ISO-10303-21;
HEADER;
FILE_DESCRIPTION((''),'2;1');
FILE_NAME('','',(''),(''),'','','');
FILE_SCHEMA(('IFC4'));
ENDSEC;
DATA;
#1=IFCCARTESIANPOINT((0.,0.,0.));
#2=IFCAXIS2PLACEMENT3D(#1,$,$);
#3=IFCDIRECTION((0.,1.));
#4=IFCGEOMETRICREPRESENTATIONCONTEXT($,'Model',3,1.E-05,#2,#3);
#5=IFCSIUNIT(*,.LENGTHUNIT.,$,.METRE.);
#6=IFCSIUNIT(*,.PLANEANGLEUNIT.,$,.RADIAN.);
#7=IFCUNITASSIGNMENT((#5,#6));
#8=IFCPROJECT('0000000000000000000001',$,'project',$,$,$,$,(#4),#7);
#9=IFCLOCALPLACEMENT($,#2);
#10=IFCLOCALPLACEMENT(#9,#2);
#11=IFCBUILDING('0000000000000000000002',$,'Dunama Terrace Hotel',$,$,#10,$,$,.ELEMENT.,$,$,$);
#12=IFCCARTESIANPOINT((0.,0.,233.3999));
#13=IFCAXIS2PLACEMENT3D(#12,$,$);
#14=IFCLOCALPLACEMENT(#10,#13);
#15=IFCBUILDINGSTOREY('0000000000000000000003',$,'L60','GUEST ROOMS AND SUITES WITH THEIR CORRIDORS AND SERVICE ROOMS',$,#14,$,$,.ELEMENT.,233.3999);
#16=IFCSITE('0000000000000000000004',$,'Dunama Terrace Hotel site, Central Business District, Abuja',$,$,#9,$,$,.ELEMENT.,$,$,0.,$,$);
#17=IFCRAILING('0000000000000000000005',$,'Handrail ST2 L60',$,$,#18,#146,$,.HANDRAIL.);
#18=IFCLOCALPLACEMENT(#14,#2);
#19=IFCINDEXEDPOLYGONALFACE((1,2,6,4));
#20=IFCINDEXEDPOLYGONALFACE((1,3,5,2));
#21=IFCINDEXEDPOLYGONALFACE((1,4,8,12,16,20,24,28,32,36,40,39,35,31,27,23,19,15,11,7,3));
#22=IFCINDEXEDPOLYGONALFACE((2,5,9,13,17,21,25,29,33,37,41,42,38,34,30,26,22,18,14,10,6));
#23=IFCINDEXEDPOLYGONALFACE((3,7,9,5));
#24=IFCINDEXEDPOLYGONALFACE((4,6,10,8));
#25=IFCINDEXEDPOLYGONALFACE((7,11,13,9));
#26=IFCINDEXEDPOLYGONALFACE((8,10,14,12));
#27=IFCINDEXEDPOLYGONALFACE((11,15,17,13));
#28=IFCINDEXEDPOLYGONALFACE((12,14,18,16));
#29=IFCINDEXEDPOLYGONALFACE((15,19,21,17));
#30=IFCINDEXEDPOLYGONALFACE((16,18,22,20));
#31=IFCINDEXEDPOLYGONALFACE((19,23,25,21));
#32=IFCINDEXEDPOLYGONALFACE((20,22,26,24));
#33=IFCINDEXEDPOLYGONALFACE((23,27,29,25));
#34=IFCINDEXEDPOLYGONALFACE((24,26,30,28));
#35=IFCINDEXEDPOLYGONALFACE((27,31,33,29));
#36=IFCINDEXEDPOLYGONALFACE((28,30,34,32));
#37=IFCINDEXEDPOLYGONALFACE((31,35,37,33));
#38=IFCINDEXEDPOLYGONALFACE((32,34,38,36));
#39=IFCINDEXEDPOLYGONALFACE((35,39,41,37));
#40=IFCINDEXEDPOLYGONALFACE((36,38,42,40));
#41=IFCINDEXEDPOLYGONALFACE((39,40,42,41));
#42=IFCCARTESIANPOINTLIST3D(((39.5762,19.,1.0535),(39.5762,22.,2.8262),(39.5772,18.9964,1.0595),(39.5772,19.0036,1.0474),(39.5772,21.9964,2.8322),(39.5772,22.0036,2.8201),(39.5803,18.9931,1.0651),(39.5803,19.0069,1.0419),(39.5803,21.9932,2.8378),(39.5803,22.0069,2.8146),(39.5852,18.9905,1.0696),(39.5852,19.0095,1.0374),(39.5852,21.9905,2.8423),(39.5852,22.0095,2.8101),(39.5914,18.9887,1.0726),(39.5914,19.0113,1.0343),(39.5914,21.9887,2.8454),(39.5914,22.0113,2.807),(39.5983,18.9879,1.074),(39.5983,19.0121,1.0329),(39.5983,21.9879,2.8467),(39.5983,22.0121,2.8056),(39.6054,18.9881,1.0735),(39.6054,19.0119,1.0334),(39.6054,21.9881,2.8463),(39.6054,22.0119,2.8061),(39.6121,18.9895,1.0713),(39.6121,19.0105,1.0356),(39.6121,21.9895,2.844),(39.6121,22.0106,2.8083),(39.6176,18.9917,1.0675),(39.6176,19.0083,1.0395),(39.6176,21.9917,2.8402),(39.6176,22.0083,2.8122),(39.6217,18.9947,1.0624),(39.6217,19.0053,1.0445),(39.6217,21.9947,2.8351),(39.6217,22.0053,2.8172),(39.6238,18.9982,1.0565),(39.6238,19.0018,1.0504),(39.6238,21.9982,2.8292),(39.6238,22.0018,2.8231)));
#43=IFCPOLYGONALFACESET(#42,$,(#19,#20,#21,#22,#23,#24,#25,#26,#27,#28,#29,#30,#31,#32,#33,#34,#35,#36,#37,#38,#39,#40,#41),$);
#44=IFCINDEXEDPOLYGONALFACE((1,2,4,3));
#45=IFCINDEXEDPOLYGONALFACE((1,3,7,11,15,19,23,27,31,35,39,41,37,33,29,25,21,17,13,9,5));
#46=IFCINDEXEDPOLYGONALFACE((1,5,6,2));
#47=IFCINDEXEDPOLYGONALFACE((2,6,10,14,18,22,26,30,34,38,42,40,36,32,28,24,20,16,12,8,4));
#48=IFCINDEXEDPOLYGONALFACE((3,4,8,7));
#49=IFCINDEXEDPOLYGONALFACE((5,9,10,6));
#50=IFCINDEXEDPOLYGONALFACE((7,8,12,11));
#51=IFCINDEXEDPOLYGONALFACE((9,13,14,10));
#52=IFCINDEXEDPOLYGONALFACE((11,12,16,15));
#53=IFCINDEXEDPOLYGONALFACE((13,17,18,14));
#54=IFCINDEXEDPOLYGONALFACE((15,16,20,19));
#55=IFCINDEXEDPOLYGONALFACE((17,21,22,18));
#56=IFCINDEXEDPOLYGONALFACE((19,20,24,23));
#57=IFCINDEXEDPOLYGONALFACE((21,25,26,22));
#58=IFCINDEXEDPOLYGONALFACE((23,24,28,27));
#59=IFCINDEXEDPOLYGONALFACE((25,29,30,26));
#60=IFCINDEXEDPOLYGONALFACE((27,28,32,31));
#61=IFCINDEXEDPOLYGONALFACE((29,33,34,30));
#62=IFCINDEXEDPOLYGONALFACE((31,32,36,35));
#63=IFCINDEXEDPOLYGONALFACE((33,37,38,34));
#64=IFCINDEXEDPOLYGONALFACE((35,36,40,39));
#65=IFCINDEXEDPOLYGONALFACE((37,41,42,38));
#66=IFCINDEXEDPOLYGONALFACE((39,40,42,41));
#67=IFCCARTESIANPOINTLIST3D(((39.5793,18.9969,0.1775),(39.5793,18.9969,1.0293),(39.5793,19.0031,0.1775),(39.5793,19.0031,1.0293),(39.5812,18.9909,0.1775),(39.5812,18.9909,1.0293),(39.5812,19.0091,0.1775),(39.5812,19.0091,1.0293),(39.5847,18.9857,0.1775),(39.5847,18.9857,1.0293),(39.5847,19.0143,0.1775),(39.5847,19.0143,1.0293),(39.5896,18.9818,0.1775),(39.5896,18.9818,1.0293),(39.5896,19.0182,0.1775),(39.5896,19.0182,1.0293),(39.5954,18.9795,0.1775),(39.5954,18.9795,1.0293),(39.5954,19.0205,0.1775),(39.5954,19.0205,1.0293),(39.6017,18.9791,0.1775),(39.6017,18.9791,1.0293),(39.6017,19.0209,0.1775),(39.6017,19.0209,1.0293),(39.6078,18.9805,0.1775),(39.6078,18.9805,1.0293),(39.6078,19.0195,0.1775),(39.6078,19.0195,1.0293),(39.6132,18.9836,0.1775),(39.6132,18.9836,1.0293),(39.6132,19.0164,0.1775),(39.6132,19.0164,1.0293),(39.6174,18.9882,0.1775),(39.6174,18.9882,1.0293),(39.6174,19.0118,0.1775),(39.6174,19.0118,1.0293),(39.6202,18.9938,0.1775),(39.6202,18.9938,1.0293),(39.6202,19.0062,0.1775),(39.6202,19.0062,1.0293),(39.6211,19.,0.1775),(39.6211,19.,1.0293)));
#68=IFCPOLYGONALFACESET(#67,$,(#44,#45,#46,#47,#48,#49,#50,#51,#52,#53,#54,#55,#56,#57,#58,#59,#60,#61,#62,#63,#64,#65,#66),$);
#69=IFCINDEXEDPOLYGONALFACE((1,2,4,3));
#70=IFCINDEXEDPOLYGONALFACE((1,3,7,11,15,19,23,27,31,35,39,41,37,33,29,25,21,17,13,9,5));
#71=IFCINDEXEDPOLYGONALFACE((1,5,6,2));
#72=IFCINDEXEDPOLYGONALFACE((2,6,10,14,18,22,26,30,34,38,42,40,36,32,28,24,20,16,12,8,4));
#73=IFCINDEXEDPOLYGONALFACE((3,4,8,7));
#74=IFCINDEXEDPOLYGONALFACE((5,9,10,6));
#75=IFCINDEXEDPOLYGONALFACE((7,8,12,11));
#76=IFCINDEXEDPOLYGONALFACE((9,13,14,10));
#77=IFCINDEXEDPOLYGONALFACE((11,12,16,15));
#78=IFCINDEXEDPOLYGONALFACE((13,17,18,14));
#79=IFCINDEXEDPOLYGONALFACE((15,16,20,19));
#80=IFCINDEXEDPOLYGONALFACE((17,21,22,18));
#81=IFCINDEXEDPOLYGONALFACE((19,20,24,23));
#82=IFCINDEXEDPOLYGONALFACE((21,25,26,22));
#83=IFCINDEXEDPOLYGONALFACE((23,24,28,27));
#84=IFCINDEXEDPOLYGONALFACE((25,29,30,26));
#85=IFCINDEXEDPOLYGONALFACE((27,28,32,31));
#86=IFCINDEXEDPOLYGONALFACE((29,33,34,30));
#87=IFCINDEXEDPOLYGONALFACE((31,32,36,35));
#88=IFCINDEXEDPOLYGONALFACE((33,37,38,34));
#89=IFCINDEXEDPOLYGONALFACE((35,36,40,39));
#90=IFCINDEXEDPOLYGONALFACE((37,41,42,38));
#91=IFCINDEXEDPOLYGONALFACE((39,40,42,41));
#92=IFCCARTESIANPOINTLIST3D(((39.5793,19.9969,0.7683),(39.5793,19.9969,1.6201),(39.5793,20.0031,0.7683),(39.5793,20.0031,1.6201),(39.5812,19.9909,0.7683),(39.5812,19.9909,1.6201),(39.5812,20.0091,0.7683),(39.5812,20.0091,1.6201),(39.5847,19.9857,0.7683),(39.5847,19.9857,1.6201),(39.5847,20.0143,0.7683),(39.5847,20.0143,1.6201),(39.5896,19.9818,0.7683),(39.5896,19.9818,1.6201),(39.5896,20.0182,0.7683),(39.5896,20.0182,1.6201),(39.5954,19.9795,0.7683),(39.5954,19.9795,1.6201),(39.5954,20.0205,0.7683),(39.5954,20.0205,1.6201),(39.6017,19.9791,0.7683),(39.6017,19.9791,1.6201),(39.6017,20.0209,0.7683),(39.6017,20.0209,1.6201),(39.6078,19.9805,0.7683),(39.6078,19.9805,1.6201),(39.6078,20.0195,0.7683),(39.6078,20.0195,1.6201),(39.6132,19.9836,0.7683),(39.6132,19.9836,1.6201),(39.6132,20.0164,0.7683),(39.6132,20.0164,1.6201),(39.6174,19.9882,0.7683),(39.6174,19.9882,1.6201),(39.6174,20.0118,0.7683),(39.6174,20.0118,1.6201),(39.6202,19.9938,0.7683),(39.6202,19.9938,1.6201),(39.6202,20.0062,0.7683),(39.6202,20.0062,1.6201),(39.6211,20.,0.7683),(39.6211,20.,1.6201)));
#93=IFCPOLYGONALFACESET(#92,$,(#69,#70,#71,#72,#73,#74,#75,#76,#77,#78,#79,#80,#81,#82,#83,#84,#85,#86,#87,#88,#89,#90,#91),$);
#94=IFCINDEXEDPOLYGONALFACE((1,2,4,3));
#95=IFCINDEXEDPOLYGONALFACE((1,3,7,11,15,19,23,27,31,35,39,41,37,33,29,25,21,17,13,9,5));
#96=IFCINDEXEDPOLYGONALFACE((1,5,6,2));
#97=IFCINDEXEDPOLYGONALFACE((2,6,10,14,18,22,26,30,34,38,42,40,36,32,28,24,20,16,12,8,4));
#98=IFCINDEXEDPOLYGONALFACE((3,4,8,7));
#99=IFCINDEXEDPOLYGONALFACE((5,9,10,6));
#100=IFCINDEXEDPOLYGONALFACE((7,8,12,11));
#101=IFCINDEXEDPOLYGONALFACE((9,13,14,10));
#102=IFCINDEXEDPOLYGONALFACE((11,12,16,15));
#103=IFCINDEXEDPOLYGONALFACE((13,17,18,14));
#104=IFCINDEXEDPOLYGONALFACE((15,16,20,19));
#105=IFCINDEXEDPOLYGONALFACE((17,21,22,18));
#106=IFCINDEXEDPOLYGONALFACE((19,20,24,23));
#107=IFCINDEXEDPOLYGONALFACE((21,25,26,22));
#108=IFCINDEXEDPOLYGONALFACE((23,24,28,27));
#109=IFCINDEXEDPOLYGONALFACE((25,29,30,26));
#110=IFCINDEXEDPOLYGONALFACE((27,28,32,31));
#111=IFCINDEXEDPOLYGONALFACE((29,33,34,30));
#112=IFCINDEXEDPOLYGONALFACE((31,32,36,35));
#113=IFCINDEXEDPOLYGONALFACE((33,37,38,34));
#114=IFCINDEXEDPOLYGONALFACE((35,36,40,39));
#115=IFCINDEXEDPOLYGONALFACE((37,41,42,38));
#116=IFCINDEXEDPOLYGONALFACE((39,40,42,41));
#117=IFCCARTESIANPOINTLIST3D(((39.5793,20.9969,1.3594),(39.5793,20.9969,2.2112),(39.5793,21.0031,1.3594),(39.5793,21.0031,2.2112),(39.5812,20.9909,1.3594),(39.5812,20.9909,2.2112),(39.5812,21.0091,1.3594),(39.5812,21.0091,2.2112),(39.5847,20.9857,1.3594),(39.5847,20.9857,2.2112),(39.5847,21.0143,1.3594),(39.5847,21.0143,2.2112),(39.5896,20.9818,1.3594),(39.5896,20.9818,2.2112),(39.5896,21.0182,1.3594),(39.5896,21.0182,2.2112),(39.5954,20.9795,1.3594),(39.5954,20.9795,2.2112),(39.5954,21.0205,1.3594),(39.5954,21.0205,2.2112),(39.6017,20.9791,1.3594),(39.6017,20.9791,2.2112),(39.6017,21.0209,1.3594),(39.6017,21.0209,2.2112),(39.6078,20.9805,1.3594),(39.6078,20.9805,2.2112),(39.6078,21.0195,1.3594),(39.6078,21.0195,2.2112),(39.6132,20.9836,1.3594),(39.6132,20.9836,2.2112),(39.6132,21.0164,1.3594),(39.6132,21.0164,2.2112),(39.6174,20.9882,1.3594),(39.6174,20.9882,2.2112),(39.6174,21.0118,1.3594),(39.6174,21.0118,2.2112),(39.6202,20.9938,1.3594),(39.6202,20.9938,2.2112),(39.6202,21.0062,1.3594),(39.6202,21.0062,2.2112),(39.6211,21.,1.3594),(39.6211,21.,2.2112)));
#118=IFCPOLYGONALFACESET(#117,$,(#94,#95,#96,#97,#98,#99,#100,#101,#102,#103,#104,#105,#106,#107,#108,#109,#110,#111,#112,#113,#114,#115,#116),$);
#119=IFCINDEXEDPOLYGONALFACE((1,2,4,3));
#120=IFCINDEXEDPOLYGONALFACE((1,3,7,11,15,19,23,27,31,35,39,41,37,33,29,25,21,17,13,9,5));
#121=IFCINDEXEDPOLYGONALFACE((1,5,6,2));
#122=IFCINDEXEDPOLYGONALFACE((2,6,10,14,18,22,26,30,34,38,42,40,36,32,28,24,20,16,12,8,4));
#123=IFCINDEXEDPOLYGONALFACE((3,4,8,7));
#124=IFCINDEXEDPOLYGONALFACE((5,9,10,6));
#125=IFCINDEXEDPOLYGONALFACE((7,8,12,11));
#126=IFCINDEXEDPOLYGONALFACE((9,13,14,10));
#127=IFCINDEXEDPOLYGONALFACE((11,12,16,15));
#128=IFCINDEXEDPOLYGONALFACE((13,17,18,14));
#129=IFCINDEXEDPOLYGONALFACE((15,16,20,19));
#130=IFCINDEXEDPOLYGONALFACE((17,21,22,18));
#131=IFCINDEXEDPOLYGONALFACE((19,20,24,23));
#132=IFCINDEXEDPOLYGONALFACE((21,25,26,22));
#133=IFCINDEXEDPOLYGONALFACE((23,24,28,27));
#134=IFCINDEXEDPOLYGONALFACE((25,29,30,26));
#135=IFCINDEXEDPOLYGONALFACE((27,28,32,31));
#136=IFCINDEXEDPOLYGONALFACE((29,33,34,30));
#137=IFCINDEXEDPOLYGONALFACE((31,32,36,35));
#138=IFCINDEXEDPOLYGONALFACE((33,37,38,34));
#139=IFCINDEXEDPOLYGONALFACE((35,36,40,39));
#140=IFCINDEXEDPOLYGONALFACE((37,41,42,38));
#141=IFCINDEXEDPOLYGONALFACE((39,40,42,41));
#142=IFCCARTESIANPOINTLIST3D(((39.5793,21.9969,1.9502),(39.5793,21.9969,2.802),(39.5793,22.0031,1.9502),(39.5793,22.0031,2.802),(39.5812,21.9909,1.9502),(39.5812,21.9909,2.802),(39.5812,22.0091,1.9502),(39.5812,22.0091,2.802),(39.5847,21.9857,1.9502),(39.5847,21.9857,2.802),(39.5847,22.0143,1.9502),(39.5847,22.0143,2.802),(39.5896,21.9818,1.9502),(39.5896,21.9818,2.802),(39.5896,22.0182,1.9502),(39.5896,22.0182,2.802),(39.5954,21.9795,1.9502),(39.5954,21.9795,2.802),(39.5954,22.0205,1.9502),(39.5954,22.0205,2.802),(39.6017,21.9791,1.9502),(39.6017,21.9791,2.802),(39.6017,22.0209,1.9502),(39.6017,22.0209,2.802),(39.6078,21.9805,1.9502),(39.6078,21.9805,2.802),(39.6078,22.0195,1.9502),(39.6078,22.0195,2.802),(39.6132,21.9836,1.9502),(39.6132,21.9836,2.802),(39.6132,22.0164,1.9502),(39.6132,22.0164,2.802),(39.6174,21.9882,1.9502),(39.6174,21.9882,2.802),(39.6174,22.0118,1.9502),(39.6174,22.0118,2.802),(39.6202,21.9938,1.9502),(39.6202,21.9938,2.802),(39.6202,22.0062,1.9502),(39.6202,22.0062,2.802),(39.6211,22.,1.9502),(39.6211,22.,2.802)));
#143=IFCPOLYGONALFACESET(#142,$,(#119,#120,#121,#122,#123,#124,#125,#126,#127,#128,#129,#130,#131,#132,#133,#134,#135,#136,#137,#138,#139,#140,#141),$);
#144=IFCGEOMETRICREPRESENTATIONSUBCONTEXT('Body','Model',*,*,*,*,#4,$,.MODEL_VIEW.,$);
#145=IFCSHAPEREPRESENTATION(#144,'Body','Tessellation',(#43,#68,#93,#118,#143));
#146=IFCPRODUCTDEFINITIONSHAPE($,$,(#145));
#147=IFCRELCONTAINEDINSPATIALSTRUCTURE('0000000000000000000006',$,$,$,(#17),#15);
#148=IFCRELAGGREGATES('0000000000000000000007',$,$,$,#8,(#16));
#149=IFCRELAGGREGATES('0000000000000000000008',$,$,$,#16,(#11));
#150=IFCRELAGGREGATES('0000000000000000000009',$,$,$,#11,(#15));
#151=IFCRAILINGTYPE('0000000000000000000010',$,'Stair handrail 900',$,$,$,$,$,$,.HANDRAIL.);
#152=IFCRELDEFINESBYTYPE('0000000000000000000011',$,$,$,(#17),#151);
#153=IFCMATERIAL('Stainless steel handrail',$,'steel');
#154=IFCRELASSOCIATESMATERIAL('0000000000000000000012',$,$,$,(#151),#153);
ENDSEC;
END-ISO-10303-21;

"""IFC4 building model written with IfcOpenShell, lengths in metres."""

from ifc_helpers import new_model, si_unit, direction, frame, origin, origin_2d, place, context, subcontext, project, spatial, circle, extrude, material, type_object, element, save


model = new_model("IFC4")

# Units and contexts
model_context = context("Model", 3, precision=1e-05, world=origin(), true_north=direction((0.0, 1.0)))
body_context = subcontext(model_context, "Body", "Model", "MODEL_VIEW")
ifc_project = project(units=[si_unit("LENGTHUNIT", "METRE"), si_unit("PLANEANGLEUNIT", "RADIAN")], contexts=[model_context])

# Site, building, storey
site_placement = place(None, origin())
site = spatial("IfcSite", under=ifc_project, at=site_placement, Name="Dunama Terrace Hotel site, Central Business District, Abuja", CompositionType="ELEMENT", RefElevation=0.0)
building_placement = place(site_placement, origin())
building = spatial("IfcBuilding", under=site, at=building_placement, Name="Dunama Terrace Hotel", CompositionType="ELEMENT")
storey_placement = place(building_placement, frame((0.0, 0.0, 233.3999)))
storey = spatial("IfcBuildingStorey", under=building, at=storey_placement, Name="L60", Description="GUEST ROOMS AND SUITES WITH THEIR CORRIDORS AND SERVICE ROOMS", CompositionType="ELEMENT", Elevation=233.3999)

# Railing
ifc_material_1 = material(Name="Stainless steel handrail", Category="steel")
railing_type_1 = type_object("IfcRailingType", Name="Stair handrail 900", PredefinedType="HANDRAIL", material=ifc_material_1)
railing_1_placement = place(storey_placement, frame((39.6001, 19.0, 0.1775)))
element("IfcRailing", 1, at=railing_1_placement, inside=storey, type_object=railing_type_1, Name="Handrail ST2 L60", PredefinedType="HANDRAIL", context=body_context, shape_type="SweptSolid", body=[
    extrude(circle(Radius=0.0239, at=origin_2d()), frame((0.0, 0.0, 0.876), z_axis=(0.0, 0.860929, 0.508725), x_axis=(-1.0, 0.0, 0.0)), (0.0, 0.0, 1.0), 3.4846),
    extrude(circle(Radius=0.021, at=origin_2d()), origin(), (0.0, 0.0, 1.0), 0.8518),
    extrude(circle(Radius=0.021, at=origin_2d()), frame((0.0, 1.0, 0.5908)), (0.0, 0.0, 1.0), 0.8518),
    extrude(circle(Radius=0.021, at=origin_2d()), frame((0.0, 2.0, 1.1819)), (0.0, 0.0, 1.0), 0.8518),
    extrude(circle(Radius=0.021, at=origin_2d()), frame((0.0, 3.0, 1.7727)), (0.0, 0.0, 1.0), 0.8518),
])

save(model, "model.ifc")
